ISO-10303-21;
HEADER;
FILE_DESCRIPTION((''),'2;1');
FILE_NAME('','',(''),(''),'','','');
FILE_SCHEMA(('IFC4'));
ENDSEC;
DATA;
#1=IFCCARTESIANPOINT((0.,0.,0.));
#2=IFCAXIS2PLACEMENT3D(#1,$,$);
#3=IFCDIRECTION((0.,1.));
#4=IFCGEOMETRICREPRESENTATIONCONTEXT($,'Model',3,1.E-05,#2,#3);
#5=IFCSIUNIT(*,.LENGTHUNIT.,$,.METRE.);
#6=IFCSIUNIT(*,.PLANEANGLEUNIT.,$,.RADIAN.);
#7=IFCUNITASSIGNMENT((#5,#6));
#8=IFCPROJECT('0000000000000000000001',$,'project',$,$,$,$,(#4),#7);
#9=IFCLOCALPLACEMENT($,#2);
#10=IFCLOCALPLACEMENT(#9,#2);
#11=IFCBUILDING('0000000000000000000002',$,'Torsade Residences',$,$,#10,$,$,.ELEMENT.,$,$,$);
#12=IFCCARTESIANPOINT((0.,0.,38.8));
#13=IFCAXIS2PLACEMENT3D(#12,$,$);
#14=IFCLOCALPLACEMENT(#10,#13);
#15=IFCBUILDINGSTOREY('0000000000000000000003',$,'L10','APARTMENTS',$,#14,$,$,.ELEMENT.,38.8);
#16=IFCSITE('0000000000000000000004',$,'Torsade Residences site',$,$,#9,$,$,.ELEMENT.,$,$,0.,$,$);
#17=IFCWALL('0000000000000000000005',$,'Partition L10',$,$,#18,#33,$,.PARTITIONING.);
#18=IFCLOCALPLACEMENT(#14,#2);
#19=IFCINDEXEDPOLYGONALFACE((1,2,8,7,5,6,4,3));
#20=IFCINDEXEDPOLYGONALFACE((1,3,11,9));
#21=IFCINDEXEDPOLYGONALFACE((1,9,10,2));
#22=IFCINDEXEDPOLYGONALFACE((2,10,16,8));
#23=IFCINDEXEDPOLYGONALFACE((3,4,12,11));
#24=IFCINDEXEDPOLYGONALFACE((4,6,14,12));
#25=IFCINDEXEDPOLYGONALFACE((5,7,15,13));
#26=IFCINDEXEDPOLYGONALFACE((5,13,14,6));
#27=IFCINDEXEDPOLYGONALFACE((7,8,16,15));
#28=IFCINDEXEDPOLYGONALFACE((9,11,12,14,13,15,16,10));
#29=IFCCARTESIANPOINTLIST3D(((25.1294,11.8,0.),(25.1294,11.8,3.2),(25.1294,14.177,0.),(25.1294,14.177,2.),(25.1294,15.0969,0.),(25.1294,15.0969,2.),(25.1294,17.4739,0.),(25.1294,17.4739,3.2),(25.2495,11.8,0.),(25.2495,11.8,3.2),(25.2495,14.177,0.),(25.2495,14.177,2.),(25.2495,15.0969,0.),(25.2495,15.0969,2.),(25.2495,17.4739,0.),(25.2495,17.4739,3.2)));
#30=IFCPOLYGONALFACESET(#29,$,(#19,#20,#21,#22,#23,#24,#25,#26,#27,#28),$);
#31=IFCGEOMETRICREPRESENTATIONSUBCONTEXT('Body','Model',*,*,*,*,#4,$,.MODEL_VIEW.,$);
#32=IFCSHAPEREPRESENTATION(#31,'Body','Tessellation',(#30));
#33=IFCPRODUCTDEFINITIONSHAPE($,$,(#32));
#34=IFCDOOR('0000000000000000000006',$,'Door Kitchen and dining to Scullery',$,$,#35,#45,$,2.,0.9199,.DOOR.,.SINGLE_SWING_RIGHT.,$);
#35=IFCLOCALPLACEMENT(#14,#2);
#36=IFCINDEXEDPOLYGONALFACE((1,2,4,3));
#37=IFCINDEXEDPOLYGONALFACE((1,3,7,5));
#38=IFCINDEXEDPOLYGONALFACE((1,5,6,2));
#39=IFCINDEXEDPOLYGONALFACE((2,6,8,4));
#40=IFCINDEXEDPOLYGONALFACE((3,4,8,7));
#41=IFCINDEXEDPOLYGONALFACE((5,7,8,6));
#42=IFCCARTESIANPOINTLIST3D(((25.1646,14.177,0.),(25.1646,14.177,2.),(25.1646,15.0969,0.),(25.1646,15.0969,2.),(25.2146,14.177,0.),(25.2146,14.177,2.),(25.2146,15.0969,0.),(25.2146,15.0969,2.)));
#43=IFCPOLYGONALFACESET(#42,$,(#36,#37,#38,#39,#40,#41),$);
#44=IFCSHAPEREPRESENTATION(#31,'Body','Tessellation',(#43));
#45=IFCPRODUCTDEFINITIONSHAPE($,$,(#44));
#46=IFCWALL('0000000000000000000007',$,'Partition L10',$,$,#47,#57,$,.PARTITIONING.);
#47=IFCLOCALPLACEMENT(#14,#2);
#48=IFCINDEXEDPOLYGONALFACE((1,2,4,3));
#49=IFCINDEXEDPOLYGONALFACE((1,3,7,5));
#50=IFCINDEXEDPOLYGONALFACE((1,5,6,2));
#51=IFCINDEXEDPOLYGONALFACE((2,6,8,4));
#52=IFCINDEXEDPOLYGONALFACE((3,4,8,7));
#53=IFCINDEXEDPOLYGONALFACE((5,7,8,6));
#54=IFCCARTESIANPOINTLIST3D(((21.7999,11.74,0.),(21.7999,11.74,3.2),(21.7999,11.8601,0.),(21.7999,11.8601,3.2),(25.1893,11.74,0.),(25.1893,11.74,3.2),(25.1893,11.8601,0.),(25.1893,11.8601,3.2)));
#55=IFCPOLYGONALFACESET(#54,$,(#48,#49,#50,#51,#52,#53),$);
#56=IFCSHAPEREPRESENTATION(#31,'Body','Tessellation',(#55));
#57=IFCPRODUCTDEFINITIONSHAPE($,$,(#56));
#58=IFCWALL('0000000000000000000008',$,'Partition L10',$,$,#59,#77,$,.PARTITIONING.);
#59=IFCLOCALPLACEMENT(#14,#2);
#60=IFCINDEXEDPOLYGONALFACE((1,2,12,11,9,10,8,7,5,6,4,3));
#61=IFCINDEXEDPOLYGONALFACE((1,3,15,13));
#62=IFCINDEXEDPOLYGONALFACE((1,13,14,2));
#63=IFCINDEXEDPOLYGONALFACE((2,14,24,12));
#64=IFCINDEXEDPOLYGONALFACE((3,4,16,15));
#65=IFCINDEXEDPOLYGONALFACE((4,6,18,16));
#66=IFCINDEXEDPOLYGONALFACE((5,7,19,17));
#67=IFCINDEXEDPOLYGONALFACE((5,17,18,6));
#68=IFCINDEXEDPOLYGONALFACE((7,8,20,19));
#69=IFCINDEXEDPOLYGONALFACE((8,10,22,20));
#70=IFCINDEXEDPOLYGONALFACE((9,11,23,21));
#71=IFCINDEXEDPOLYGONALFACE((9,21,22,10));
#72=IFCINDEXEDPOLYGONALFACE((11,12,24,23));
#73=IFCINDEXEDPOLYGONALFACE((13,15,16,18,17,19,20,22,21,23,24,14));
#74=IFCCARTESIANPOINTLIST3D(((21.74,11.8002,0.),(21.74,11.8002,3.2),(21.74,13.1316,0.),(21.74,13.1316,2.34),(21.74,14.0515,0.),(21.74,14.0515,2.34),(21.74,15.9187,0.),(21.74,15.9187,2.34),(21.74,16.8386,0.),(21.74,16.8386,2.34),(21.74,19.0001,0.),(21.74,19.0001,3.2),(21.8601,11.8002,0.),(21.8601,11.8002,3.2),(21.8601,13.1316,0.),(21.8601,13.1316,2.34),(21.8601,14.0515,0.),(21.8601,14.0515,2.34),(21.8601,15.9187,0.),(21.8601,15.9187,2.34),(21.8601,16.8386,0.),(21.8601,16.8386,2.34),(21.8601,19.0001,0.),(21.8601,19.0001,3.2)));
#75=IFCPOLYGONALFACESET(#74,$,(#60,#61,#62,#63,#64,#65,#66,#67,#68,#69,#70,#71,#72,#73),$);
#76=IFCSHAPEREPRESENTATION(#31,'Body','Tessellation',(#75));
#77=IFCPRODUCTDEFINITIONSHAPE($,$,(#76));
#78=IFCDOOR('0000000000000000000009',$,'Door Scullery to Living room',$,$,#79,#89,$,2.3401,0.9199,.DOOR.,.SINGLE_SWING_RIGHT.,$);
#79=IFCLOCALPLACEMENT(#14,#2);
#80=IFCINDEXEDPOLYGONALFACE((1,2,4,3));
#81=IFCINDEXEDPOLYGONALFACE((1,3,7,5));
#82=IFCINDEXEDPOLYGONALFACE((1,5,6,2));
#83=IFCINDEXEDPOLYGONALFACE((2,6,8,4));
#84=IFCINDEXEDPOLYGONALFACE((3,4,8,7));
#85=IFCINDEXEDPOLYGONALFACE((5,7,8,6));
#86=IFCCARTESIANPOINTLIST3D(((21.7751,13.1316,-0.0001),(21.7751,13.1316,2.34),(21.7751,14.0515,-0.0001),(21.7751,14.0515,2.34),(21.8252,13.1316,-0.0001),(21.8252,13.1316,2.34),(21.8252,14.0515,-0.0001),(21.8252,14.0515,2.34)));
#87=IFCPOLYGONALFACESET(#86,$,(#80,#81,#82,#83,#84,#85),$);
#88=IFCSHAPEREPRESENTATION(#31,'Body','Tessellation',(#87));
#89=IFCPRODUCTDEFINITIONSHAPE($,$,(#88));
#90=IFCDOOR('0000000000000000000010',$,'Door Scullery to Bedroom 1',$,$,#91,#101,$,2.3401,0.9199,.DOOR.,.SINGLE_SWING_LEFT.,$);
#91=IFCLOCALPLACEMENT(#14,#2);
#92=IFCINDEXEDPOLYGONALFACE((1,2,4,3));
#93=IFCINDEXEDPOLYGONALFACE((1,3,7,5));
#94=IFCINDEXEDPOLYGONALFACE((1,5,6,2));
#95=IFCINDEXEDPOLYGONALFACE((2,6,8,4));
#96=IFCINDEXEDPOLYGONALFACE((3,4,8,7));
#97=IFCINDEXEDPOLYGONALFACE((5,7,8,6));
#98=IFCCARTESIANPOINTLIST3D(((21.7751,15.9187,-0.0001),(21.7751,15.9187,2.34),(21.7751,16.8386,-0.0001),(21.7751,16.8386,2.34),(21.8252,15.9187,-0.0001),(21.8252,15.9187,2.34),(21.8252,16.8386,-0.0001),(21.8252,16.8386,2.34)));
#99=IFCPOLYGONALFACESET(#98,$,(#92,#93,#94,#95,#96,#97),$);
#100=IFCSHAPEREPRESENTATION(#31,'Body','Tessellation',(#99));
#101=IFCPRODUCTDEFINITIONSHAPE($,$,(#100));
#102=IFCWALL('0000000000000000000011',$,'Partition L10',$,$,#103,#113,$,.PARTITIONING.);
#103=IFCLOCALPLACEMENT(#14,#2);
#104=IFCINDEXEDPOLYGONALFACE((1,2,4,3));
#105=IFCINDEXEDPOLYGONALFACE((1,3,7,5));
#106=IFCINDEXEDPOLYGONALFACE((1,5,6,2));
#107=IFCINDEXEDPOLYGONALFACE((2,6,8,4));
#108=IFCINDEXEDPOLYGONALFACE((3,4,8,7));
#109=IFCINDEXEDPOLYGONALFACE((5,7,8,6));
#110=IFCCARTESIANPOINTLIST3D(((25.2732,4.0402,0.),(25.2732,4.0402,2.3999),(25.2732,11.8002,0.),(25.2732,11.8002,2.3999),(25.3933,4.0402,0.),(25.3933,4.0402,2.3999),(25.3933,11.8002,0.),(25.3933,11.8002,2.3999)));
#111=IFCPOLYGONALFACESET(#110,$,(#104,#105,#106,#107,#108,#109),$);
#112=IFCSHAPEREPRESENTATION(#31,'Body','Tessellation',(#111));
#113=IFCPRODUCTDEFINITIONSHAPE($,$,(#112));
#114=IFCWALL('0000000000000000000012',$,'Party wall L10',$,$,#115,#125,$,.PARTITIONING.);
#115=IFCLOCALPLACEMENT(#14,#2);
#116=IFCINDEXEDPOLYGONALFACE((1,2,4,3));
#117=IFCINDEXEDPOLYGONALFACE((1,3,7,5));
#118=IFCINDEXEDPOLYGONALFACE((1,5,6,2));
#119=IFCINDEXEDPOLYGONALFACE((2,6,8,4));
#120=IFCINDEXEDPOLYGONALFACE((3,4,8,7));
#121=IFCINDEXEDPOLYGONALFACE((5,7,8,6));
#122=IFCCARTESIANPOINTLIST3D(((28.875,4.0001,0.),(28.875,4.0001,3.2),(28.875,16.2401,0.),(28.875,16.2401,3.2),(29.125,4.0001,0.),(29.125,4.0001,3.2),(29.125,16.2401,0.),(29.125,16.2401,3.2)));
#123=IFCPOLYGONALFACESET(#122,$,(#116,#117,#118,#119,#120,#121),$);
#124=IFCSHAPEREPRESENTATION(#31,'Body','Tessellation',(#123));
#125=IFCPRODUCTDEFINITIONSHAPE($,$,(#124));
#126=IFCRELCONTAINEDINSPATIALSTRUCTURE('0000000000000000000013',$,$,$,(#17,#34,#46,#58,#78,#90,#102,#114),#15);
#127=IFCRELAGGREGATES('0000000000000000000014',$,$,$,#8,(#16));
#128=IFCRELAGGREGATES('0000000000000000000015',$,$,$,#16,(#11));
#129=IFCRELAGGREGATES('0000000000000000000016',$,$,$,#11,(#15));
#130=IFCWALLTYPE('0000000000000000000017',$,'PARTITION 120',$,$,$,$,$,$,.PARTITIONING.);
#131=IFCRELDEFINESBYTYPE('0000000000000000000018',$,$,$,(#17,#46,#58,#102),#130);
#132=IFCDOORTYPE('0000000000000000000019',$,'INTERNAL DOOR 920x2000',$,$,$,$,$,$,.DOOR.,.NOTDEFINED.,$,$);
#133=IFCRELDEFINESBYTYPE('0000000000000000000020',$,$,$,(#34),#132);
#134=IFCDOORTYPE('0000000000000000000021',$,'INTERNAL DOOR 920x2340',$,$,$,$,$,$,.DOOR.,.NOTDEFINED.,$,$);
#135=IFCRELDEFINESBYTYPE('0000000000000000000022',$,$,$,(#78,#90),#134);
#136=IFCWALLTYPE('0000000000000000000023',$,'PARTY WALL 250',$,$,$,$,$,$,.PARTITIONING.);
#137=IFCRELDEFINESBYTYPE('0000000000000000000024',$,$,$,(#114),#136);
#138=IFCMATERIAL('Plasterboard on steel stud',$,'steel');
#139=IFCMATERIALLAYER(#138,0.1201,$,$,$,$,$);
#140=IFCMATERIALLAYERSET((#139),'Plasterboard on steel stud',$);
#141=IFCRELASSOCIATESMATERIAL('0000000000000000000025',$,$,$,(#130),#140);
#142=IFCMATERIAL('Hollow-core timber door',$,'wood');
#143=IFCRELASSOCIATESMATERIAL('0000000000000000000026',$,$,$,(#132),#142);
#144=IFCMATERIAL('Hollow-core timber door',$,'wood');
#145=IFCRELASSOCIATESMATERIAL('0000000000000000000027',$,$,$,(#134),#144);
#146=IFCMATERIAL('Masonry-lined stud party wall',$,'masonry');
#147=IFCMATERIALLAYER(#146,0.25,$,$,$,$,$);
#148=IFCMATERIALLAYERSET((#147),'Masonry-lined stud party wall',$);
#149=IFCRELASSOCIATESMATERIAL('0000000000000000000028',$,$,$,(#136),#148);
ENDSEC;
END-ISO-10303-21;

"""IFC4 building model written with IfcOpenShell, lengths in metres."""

from ifc_helpers import new_model, si_unit, direction, frame, frame_2d, origin, place, context, subcontext, project, spatial, rectangle, extrude, material, layer, layer_set, type_object, element, fill, save


model = new_model("IFC4")

# Units and contexts
model_context = context("Model", 3, precision=1e-05, world=origin(), true_north=direction((0.0, 1.0)))
body_context = subcontext(model_context, "Body", "Model", "MODEL_VIEW")
ifc_project = project(units=[si_unit("LENGTHUNIT", "METRE"), si_unit("PLANEANGLEUNIT", "RADIAN")], contexts=[model_context])

# Site, building, storey
site_placement = place(None, origin())
site = spatial("IfcSite", under=ifc_project, at=site_placement, Name="Torsade Residences site", CompositionType="ELEMENT", RefElevation=0.0)
building_placement = place(site_placement, origin())
building = spatial("IfcBuilding", under=site, at=building_placement, Name="Torsade Residences", CompositionType="ELEMENT")
storey_placement = place(building_placement, frame((0.0, 0.0, 38.8)))
storey = spatial("IfcBuildingStorey", under=building, at=storey_placement, Name="L10", Description="APARTMENTS", CompositionType="ELEMENT", Elevation=38.8)

# Wall, opening, door
ifc_material_1 = material(Name="Plasterboard on steel stud", Category="steel")
ifc_layer_1 = layer(ifc_material_1, 0.1201)
ifc_layer_set_1 = layer_set([ifc_layer_1], Name="Plasterboard on steel stud")
wall_type_1 = type_object("IfcWallType", Name="PARTITION 120", PredefinedType="PARTITIONING", material=ifc_layer_set_1)
wall_1_placement = place(storey_placement, frame((25.1895, 11.8, 0.0), z_axis=(0.0, 0.0, 1.0), x_axis=(0.0, 1.0, 0.0)))
wall_1 = element("IfcWall", 1, at=wall_1_placement, inside=storey, type_object=wall_type_1, Name="Partition L10", PredefinedType="PARTITIONING", context=body_context, shape_type="SweptSolid", body=[
    extrude(rectangle(XDim=5.6738, YDim=0.1201, at=frame_2d((2.8369, 0.0))), origin(), (0.0, 0.0, 1.0), 3.2),
])
opening_1_placement = place(wall_1_placement, frame((2.377, 0.0, 0.0)))
opening_1 = element("IfcOpeningElement", 2, at=opening_1_placement, cuts=wall_1, PredefinedType="OPENING", context=body_context, shape_type="SweptSolid", body=[
    extrude(rectangle(XDim=0.9199, YDim=2.0, at=frame_2d((0.46, 1.0))), frame((0.0, 0.0701, 0.0), z_axis=(0.0, -1.0, 0.0), x_axis=(1.0, 0.0, 0.0)), (0.0, 0.0, 1.0), 0.1401),
])
ifc_material_2 = material(Name="Hollow-core timber door", Category="wood")
door_type_1 = type_object("IfcDoorType", Name="INTERNAL DOOR 920x2000", OperationType="NOTDEFINED", PredefinedType="DOOR", material=ifc_material_2)
door_1_placement = place(opening_1_placement, origin())
door_1 = element("IfcDoor", 3, at=door_1_placement, inside=storey, type_object=door_type_1, Name="Door Kitchen and dining to Scullery", OperationType="SINGLE_SWING_RIGHT", OverallHeight=2.0, OverallWidth=0.9199, PredefinedType="DOOR", context=body_context, shape_type="SweptSolid", body=[
    extrude(rectangle(XDim=0.9199, YDim=2.0, at=frame_2d((0.46, 1.0))), frame((0.0, 0.0249, 0.0), z_axis=(0.0, -1.0, 0.0), x_axis=(1.0, 0.0, 0.0)), (0.0, 0.0, 1.0), 0.05),
])
fill(opening_1, door_1)

# Wall
wall_2_placement = place(storey_placement, frame((25.1895, 11.8, 0.0), z_axis=(0.0, 0.0, 1.0), x_axis=(-1.0, 0.0, 0.0)))
element("IfcWall", 4, at=wall_2_placement, inside=storey, type_object=wall_type_1, Name="Partition L10", PredefinedType="PARTITIONING", context=body_context, shape_type="SweptSolid", body=[
    extrude(rectangle(XDim=3.3894, YDim=0.1201, at=frame_2d((1.6948, 0.0))), origin(), (0.0, 0.0, 1.0), 3.2),
])

# Wall, openings, doors
wall_3_placement = place(storey_placement, frame((21.8, 11.8, 0.0), z_axis=(0.0, 0.0, 1.0), x_axis=(0.0, 1.0, 0.0)))
wall_3 = element("IfcWall", 5, at=wall_3_placement, inside=storey, type_object=wall_type_1, Name="Partition L10", PredefinedType="PARTITIONING", context=body_context, shape_type="SweptSolid", body=[
    extrude(rectangle(XDim=7.2, YDim=0.1201, at=frame_2d((3.6001, 0.0))), origin(), (0.0, 0.0, 1.0), 3.2),
])
opening_2_placement = place(wall_3_placement, frame((1.3315, 0.0, 0.0)))
opening_2 = element("IfcOpeningElement", 6, at=opening_2_placement, cuts=wall_3, PredefinedType="OPENING", context=body_context, shape_type="SweptSolid", body=[
    extrude(rectangle(XDim=0.9199, YDim=2.3401, at=frame_2d((0.46, 1.1699))), frame((0.0, 0.0701, 0.0), z_axis=(0.0, -1.0, 0.0), x_axis=(1.0, 0.0, 0.0)), (0.0, 0.0, 1.0), 0.1401),
])
opening_3_placement = place(wall_3_placement, frame((4.1187, 0.0, 0.0)))
opening_3 = element("IfcOpeningElement", 7, at=opening_3_placement, cuts=wall_3, PredefinedType="OPENING", context=body_context, shape_type="SweptSolid", body=[
    extrude(rectangle(XDim=0.9199, YDim=2.3401, at=frame_2d((0.46, 1.1699))), frame((0.0, 0.0701, 0.0), z_axis=(0.0, -1.0, 0.0), x_axis=(1.0, 0.0, 0.0)), (0.0, 0.0, 1.0), 0.1401),
])
ifc_material_3 = material(Name="Hollow-core timber door", Category="wood")
door_type_2 = type_object("IfcDoorType", Name="INTERNAL DOOR 920x2340", OperationType="NOTDEFINED", PredefinedType="DOOR", material=ifc_material_3)
door_2_placement = place(opening_2_placement, origin())
door_2 = element("IfcDoor", 8, at=door_2_placement, inside=storey, type_object=door_type_2, Name="Door Scullery to Living room", OperationType="SINGLE_SWING_RIGHT", OverallHeight=2.3401, OverallWidth=0.9199, PredefinedType="DOOR", context=body_context, shape_type="SweptSolid", body=[
    extrude(rectangle(XDim=0.9199, YDim=2.3401, at=frame_2d((0.46, 1.1699))), frame((0.0, 0.0249, 0.0), z_axis=(0.0, -1.0, 0.0), x_axis=(1.0, 0.0, 0.0)), (0.0, 0.0, 1.0), 0.05),
])
fill(opening_2, door_2)
door_3_placement = place(opening_3_placement, origin())
door_3 = element("IfcDoor", 9, at=door_3_placement, inside=storey, type_object=door_type_2, Name="Door Scullery to Bedroom 1", OperationType="SINGLE_SWING_LEFT", OverallHeight=2.3401, OverallWidth=0.9199, PredefinedType="DOOR", context=body_context, shape_type="SweptSolid", body=[
    extrude(rectangle(XDim=0.9199, YDim=2.3401, at=frame_2d((0.46, 1.1699))), frame((0.0, 0.0249, 0.0), z_axis=(0.0, -1.0, 0.0), x_axis=(1.0, 0.0, 0.0)), (0.0, 0.0, 1.0), 0.05),
])
fill(opening_3, door_3)

# Walls
wall_4_placement = place(storey_placement, frame((25.3333, 11.8, 0.0), z_axis=(0.0, 0.0, 1.0), x_axis=(0.0, -1.0, 0.0)))
element("IfcWall", 10, at=wall_4_placement, inside=storey, type_object=wall_type_1, Name="Partition L10", PredefinedType="PARTITIONING", context=body_context, shape_type="SweptSolid", body=[
    extrude(rectangle(XDim=7.76, YDim=0.1201, at=frame_2d((3.8799, 0.0))), origin(), (0.0, 0.0, 1.0), 2.3999),
])
ifc_material_4 = material(Name="Masonry-lined stud party wall", Category="masonry")
ifc_layer_2 = layer(ifc_material_4, 0.25)
ifc_layer_set_2 = layer_set([ifc_layer_2], Name="Masonry-lined stud party wall")
wall_type_2 = type_object("IfcWallType", Name="PARTY WALL 250", PredefinedType="PARTITIONING", material=ifc_layer_set_2)
wall_5_placement = place(storey_placement, frame((29.0, 4.0, 0.0), z_axis=(0.0, 0.0, 1.0), x_axis=(0.0, 1.0, 0.0)))
element("IfcWall", 11, at=wall_5_placement, inside=storey, type_object=wall_type_2, Name="Party wall L10", PredefinedType="PARTITIONING", context=body_context, shape_type="SweptSolid", body=[
    extrude(rectangle(XDim=12.24, YDim=0.25, at=frame_2d((6.1201, 0.0))), origin(), (0.0, 0.0, 1.0), 3.2),
])

save(model, "model.ifc")
